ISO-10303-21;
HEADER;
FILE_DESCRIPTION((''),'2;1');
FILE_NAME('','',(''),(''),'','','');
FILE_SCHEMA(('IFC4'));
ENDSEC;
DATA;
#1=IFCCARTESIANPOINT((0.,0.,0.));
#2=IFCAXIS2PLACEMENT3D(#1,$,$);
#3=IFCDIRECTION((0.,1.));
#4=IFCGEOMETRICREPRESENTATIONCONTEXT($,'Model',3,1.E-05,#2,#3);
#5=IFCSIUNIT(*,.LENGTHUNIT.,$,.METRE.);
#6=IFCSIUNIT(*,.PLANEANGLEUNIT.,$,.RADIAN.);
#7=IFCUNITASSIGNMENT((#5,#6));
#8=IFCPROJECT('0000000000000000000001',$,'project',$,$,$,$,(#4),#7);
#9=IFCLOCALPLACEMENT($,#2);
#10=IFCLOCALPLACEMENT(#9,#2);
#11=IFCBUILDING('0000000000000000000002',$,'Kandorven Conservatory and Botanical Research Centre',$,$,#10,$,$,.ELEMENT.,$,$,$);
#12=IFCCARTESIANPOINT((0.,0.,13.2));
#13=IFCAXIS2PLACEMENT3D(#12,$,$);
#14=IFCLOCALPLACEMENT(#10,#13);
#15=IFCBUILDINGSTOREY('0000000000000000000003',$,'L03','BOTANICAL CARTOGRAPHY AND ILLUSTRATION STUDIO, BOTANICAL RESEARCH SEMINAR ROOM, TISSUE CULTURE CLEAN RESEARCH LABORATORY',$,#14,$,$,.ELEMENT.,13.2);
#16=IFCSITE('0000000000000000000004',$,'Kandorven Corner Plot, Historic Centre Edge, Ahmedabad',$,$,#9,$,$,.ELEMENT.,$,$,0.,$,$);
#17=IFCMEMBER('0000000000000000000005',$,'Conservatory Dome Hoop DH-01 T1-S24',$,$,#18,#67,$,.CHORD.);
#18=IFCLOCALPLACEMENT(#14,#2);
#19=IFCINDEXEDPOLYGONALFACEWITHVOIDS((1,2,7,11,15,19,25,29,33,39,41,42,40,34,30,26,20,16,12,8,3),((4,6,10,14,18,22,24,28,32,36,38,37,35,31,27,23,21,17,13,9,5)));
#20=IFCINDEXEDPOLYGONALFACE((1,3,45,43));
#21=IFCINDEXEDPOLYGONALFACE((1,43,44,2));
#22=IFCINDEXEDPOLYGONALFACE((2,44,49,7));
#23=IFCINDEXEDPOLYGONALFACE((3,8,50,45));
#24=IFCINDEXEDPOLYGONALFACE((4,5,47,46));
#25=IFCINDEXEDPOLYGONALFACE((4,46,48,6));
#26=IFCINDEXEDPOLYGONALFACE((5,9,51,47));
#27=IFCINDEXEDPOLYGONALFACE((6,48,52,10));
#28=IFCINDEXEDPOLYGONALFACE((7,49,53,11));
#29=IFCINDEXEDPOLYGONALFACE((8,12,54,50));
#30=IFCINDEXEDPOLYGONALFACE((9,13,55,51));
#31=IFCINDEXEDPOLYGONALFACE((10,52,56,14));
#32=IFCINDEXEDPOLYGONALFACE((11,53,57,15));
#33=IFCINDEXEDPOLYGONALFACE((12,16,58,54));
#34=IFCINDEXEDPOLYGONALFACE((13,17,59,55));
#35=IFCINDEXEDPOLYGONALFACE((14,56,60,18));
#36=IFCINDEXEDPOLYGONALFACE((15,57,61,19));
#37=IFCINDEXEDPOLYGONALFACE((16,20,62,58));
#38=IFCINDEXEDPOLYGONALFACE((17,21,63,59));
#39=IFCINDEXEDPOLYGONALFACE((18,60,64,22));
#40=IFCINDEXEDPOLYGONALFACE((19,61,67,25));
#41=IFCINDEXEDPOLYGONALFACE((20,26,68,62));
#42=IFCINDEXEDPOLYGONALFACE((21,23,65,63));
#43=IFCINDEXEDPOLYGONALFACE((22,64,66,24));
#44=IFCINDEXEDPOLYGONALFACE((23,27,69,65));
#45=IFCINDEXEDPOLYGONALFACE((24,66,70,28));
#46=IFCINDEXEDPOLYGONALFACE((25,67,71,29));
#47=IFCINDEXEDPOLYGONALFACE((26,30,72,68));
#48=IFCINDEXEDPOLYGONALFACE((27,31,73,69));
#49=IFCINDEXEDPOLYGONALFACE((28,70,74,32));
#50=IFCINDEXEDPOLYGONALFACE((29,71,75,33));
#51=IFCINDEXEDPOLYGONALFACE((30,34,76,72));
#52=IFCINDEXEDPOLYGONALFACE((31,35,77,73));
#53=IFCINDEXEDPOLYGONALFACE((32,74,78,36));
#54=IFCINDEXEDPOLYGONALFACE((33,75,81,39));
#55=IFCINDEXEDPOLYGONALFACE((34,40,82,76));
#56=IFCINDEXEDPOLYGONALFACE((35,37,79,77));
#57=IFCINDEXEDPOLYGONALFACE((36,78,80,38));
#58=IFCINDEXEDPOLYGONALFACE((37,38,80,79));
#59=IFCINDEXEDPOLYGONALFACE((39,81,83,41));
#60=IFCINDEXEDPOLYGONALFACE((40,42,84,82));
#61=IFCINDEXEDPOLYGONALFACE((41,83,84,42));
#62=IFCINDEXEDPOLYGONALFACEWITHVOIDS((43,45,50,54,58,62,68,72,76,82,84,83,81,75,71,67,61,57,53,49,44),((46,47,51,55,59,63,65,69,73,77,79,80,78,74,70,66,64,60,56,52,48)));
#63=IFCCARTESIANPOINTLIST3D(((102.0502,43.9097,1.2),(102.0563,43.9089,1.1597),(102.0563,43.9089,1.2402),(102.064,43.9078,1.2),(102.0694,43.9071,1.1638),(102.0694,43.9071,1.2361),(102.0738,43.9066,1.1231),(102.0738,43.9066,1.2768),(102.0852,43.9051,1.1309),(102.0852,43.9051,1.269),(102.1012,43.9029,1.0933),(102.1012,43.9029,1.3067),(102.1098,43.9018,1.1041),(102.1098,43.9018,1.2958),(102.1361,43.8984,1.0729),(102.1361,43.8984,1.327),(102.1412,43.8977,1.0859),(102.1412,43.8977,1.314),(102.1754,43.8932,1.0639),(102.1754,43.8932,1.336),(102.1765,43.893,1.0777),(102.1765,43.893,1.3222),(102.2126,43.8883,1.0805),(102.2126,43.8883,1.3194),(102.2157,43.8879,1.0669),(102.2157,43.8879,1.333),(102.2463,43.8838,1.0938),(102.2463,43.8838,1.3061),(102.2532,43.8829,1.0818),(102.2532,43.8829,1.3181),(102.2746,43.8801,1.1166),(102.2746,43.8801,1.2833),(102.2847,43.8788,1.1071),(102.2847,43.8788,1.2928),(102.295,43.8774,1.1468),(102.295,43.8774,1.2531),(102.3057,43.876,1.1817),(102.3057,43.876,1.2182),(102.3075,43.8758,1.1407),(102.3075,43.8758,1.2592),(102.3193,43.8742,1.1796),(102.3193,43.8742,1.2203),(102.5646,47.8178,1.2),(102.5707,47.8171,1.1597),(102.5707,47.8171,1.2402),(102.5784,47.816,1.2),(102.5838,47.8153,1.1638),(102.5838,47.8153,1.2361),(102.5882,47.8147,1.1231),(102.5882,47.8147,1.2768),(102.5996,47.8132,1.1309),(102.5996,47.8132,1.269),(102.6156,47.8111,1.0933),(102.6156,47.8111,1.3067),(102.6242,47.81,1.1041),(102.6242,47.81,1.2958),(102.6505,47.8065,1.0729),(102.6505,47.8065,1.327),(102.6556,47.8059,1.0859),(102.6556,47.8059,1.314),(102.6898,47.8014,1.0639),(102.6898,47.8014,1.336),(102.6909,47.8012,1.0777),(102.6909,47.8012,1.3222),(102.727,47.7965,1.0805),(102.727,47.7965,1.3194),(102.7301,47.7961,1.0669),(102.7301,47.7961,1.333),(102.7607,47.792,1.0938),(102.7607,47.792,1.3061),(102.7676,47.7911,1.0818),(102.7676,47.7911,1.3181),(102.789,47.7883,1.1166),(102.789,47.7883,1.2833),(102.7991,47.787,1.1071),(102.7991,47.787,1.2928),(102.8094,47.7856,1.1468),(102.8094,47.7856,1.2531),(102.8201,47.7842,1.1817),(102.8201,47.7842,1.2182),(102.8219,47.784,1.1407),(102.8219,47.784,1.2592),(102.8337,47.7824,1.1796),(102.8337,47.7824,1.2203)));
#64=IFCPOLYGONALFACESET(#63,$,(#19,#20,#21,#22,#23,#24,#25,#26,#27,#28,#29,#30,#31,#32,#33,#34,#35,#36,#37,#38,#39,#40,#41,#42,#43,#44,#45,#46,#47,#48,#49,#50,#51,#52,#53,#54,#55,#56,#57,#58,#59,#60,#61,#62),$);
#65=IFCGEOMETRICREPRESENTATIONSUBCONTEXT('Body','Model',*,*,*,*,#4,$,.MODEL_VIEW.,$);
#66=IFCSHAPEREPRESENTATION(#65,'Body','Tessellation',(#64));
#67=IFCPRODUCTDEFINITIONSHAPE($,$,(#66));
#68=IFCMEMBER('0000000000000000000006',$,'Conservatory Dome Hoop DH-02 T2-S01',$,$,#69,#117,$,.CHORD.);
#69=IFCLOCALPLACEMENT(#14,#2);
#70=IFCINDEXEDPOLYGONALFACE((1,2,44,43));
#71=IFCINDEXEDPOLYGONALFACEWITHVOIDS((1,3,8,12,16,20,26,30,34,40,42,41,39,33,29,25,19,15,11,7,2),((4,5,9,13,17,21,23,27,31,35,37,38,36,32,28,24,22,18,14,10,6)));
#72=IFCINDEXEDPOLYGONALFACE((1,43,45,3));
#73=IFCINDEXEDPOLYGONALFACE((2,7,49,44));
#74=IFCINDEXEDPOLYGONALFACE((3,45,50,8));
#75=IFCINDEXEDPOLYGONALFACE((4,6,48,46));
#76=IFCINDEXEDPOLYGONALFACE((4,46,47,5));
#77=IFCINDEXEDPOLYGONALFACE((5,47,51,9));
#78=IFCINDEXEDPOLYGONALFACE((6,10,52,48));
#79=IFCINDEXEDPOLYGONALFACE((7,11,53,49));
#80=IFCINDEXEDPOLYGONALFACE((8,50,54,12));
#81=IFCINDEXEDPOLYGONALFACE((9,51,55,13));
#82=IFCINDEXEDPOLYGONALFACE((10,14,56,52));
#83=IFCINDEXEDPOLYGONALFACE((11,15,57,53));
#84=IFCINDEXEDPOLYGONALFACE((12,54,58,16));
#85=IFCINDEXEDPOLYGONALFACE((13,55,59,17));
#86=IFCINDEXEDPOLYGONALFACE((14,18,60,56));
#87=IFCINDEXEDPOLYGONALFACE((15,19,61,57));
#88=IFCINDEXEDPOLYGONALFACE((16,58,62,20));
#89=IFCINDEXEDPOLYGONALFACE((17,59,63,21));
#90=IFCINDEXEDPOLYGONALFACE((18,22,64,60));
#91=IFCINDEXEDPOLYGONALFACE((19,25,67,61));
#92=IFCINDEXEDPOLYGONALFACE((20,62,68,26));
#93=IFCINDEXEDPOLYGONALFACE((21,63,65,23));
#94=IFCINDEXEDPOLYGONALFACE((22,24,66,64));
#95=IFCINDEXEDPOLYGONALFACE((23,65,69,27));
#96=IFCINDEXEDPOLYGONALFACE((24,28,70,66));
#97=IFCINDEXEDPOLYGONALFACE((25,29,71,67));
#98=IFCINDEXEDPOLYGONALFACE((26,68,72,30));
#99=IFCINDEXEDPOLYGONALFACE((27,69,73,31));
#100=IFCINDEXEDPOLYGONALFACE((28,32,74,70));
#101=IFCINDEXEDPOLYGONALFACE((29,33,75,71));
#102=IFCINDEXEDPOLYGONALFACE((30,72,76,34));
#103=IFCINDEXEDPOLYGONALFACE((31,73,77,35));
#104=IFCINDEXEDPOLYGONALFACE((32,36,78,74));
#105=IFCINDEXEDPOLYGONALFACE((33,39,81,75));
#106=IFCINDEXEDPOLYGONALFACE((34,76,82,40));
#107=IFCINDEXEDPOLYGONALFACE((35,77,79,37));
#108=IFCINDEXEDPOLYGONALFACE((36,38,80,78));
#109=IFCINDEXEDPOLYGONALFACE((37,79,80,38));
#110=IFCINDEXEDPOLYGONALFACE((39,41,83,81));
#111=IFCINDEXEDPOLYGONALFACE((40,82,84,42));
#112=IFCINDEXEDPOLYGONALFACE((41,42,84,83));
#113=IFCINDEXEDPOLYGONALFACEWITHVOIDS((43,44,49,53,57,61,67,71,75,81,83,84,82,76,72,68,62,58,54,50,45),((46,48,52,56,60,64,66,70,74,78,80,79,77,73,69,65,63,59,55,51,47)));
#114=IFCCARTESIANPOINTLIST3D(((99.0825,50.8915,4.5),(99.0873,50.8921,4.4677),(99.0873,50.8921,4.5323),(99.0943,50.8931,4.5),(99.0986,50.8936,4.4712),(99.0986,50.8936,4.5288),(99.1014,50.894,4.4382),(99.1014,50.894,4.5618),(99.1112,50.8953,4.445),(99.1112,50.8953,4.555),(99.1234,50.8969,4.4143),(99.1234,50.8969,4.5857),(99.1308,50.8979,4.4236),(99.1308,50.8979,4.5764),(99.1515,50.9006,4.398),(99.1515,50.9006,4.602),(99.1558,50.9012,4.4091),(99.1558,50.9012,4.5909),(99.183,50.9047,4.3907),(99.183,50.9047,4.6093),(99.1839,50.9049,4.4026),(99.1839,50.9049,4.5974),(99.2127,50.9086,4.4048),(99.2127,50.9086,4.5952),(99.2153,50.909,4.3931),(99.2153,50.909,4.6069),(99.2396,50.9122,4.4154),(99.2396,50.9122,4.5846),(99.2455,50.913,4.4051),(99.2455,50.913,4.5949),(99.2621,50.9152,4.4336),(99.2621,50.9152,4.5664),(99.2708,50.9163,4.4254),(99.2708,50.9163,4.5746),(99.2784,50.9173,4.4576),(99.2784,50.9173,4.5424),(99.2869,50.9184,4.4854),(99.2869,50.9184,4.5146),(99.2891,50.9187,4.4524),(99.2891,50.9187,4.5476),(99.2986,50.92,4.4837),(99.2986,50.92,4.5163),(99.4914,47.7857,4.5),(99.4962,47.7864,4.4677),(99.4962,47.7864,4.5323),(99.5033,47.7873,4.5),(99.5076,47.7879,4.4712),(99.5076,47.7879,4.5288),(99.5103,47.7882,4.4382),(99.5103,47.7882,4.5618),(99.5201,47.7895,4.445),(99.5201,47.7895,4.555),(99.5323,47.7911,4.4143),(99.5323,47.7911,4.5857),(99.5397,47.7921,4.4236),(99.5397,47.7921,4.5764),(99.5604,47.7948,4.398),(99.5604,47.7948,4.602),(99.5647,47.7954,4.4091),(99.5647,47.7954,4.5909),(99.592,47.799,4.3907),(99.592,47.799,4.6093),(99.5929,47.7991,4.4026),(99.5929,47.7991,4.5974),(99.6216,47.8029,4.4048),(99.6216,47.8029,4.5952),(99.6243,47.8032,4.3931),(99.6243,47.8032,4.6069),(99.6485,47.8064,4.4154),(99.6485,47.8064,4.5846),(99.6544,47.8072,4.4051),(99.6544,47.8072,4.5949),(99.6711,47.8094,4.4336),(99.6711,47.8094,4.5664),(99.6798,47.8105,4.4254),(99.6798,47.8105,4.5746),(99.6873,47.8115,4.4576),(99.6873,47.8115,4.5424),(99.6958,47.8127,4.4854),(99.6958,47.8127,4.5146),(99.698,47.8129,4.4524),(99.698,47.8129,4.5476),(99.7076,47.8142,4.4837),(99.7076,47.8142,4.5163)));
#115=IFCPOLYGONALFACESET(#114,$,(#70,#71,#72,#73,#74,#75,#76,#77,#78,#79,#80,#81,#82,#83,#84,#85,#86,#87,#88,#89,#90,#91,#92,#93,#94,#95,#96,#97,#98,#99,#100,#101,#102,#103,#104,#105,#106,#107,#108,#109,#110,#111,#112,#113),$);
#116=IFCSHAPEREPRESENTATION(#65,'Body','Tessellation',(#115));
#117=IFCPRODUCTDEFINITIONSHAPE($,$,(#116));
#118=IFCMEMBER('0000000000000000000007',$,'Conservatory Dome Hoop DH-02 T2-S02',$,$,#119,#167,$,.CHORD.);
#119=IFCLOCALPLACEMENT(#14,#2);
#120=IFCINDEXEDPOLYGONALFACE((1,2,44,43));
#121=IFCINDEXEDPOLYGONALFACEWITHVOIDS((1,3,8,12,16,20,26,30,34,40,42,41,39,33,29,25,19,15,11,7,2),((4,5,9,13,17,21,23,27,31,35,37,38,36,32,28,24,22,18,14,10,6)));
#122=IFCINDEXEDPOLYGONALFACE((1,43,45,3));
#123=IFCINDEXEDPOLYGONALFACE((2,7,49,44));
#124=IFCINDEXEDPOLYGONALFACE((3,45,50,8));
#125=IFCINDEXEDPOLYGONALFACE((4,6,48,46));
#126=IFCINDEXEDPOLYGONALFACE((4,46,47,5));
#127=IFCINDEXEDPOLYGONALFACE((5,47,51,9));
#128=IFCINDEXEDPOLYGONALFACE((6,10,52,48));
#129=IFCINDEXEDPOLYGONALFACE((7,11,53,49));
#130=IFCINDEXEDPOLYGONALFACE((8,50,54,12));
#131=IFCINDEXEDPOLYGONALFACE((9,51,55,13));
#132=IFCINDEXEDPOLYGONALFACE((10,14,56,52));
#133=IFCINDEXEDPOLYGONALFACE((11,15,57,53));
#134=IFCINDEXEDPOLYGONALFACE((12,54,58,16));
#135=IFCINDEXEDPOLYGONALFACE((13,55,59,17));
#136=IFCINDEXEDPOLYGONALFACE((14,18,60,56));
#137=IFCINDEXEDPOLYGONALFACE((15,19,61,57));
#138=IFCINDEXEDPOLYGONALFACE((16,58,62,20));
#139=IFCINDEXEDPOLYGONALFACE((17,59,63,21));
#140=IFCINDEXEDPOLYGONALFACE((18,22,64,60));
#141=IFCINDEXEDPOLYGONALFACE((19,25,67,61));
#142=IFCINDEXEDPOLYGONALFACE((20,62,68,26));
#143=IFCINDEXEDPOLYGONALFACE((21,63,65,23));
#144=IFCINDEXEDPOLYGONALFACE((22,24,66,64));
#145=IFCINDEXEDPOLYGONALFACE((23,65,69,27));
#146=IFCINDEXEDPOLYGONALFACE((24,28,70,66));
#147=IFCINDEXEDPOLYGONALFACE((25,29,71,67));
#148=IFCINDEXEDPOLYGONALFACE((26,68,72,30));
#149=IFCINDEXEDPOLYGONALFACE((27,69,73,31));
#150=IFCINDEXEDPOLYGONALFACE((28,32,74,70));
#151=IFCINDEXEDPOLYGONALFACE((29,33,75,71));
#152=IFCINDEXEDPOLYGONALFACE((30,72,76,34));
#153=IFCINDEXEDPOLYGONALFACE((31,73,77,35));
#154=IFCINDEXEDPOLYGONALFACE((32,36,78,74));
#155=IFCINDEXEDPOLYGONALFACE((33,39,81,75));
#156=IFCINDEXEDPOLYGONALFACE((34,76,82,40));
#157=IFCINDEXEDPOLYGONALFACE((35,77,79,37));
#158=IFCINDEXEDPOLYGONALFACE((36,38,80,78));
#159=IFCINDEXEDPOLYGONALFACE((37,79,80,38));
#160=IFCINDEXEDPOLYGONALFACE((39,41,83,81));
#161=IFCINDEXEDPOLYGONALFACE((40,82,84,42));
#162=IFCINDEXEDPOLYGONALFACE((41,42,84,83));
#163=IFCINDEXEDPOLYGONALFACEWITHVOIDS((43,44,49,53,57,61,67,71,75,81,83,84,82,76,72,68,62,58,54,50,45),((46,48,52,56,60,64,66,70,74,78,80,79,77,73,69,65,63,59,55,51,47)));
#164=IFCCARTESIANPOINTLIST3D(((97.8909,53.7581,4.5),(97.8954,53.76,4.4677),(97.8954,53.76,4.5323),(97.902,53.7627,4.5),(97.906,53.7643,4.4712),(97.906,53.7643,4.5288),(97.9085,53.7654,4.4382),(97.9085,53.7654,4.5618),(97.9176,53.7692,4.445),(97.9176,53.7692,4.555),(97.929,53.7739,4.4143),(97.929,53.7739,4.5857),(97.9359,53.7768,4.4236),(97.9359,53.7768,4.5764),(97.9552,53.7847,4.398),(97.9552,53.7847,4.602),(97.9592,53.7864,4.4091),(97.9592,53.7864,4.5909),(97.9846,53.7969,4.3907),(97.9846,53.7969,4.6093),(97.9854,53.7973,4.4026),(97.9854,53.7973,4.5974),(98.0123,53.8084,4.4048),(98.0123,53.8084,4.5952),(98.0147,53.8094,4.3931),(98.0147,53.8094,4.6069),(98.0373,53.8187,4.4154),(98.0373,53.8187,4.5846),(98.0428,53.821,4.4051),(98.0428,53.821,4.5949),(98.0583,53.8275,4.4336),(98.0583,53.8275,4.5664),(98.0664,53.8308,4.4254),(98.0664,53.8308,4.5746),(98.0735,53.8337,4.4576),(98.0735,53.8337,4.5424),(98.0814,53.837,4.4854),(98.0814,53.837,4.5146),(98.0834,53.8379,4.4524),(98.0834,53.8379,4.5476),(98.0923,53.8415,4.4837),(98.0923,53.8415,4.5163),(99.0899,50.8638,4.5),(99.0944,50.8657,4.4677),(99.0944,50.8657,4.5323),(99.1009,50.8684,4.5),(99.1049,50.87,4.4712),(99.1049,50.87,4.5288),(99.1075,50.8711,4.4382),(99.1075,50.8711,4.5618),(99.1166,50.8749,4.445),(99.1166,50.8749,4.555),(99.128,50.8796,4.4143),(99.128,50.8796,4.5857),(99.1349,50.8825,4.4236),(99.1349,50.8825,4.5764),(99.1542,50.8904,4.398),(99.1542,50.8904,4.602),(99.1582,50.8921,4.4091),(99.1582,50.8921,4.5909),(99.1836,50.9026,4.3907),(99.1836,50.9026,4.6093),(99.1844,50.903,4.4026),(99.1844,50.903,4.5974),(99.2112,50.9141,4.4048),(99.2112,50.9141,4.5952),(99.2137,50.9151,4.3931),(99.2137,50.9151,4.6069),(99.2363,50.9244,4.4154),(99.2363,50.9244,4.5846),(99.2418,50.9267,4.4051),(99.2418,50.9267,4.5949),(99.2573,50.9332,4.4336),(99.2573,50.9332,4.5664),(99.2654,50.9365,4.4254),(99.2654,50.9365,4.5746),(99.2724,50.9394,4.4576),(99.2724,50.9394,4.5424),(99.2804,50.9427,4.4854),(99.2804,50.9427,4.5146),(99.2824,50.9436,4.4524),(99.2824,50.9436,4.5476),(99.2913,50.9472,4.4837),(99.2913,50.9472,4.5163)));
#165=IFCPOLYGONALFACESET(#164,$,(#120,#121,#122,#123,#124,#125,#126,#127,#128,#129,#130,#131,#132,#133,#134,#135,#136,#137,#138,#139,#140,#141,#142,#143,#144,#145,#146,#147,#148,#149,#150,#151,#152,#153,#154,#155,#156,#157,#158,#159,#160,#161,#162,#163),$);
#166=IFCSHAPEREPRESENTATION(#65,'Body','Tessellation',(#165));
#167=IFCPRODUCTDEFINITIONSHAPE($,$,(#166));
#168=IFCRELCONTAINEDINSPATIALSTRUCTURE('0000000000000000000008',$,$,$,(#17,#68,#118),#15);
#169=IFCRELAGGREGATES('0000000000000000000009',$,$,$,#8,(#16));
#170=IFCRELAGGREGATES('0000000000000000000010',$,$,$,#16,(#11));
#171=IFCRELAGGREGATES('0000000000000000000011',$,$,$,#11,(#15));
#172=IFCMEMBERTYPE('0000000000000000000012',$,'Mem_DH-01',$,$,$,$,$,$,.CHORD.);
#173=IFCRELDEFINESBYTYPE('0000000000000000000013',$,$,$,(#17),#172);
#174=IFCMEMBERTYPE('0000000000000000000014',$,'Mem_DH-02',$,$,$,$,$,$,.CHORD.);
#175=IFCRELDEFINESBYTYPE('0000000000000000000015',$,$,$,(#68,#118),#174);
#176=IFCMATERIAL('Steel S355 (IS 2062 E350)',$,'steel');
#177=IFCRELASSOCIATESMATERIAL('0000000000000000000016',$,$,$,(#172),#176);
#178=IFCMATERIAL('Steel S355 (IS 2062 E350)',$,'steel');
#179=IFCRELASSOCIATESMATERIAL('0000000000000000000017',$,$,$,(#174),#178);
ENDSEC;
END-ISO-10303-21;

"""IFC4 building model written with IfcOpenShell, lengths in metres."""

from ifc_helpers import new_model, si_unit, direction, frame, origin, origin_2d, place, context, subcontext, project, spatial, hollow_circle, extrude, material, material_profile, profile_set, type_object, element, save


model = new_model("IFC4")

# Units and contexts
model_context = context("Model", 3, precision=1e-05, world=origin(), true_north=direction((0.0, 1.0)))
body_context = subcontext(model_context, "Body", "Model", "MODEL_VIEW")
ifc_project = project(units=[si_unit("LENGTHUNIT", "METRE"), si_unit("PLANEANGLEUNIT", "RADIAN")], contexts=[model_context])

# Site, building, storey
site_placement = place(None, origin())
site = spatial("IfcSite", under=ifc_project, at=site_placement, Name="Kandorven Corner Plot, Historic Centre Edge, Ahmedabad", CompositionType="ELEMENT", RefElevation=0.0)
building_placement = place(site_placement, origin())
building = spatial("IfcBuilding", under=site, at=building_placement, Name="Kandorven Conservatory and Botanical Research Centre", CompositionType="ELEMENT")
storey_placement = place(building_placement, frame((0.0, 0.0, 13.2)))
storey = spatial("IfcBuildingStorey", under=building, at=storey_placement, Name="L03", Description="BOTANICAL CARTOGRAPHY AND ILLUSTRATION STUDIO, BOTANICAL RESEARCH SEMINAR ROOM, TISSUE CULTURE CLEAN RESEARCH LABORATORY", CompositionType="ELEMENT", Elevation=13.2)

# Members
ifc_material_1 = material(Name="Steel S355 (IS 2062 E350)", Category="steel")
ifc_material_profile_1 = material_profile(ifc_material_1, hollow_circle(Radius=0.1365, WallThickness=0.0139, at=origin_2d()))
ifc_profile_set_1 = profile_set([ifc_material_profile_1], Name="Steel S355 (IS 2062 E350)")
member_type_1 = type_object("IfcMemberType", Name="Mem_DH-01", PredefinedType="CHORD", material=ifc_profile_set_1)
for number, where, z_axis, x_axis, name in (
    (1, (102.1855, 43.8918, 1.2), (0.130496, 0.991449, 0.0), (-0.991449, 0.130496, 0.0), "Conservatory Dome Hoop DH-01 T1-S24"),
):
    element("IfcMember", number, at=place(storey_placement, frame(where, z_axis=z_axis, x_axis=x_axis)), inside=storey, type_object=member_type_1, Name=name, PredefinedType="CHORD", context=body_context, shape_type="SweptSolid", body=[
        extrude(hollow_circle(Radius=0.1365, WallThickness=0.0139, at=origin_2d()), origin(), (0.0, 0.0, 1.0), 3.9419),
    ])
ifc_material_2 = material(Name="Steel S355 (IS 2062 E350)", Category="steel")
ifc_material_profile_2 = material_profile(ifc_material_2, hollow_circle(Radius=0.1096, WallThickness=0.012, at=origin_2d()))
ifc_profile_set_2 = profile_set([ifc_material_profile_2], Name="Steel S355 (IS 2062 E350)")
member_type_2 = type_object("IfcMemberType", Name="Mem_DH-02", PredefinedType="CHORD", material=ifc_profile_set_2)
member_1_placement = place(storey_placement, frame((99.6001, 47.8, 4.5), z_axis=(-0.130545, 0.991442, 0.0), x_axis=(-0.991442, -0.130545, 0.0)))
element("IfcMember", 2, at=member_1_placement, inside=storey, type_object=member_type_2, Name="Conservatory Dome Hoop DH-02 T2-S01", PredefinedType="CHORD", context=body_context, shape_type="SweptSolid", body=[
    extrude(hollow_circle(Radius=0.1096, WallThickness=0.012, at=origin_2d()), origin(), (0.0, 0.0, 1.0), 3.1326),
])
member_2_placement = place(storey_placement, frame((99.1912, 50.9058, 4.5), z_axis=(-0.382717, 0.923866, 0.0), x_axis=(-0.923866, -0.382717, 0.0)))
element("IfcMember", 3, at=member_2_placement, inside=storey, type_object=member_type_2, Name="Conservatory Dome Hoop DH-02 T2-S02", PredefinedType="CHORD", context=body_context, shape_type="SweptSolid", body=[
    extrude(hollow_circle(Radius=0.1096, WallThickness=0.012, at=origin_2d()), origin(), (0.0, 0.0, 1.0), 3.1328),
])

save(model, "model.ifc")
